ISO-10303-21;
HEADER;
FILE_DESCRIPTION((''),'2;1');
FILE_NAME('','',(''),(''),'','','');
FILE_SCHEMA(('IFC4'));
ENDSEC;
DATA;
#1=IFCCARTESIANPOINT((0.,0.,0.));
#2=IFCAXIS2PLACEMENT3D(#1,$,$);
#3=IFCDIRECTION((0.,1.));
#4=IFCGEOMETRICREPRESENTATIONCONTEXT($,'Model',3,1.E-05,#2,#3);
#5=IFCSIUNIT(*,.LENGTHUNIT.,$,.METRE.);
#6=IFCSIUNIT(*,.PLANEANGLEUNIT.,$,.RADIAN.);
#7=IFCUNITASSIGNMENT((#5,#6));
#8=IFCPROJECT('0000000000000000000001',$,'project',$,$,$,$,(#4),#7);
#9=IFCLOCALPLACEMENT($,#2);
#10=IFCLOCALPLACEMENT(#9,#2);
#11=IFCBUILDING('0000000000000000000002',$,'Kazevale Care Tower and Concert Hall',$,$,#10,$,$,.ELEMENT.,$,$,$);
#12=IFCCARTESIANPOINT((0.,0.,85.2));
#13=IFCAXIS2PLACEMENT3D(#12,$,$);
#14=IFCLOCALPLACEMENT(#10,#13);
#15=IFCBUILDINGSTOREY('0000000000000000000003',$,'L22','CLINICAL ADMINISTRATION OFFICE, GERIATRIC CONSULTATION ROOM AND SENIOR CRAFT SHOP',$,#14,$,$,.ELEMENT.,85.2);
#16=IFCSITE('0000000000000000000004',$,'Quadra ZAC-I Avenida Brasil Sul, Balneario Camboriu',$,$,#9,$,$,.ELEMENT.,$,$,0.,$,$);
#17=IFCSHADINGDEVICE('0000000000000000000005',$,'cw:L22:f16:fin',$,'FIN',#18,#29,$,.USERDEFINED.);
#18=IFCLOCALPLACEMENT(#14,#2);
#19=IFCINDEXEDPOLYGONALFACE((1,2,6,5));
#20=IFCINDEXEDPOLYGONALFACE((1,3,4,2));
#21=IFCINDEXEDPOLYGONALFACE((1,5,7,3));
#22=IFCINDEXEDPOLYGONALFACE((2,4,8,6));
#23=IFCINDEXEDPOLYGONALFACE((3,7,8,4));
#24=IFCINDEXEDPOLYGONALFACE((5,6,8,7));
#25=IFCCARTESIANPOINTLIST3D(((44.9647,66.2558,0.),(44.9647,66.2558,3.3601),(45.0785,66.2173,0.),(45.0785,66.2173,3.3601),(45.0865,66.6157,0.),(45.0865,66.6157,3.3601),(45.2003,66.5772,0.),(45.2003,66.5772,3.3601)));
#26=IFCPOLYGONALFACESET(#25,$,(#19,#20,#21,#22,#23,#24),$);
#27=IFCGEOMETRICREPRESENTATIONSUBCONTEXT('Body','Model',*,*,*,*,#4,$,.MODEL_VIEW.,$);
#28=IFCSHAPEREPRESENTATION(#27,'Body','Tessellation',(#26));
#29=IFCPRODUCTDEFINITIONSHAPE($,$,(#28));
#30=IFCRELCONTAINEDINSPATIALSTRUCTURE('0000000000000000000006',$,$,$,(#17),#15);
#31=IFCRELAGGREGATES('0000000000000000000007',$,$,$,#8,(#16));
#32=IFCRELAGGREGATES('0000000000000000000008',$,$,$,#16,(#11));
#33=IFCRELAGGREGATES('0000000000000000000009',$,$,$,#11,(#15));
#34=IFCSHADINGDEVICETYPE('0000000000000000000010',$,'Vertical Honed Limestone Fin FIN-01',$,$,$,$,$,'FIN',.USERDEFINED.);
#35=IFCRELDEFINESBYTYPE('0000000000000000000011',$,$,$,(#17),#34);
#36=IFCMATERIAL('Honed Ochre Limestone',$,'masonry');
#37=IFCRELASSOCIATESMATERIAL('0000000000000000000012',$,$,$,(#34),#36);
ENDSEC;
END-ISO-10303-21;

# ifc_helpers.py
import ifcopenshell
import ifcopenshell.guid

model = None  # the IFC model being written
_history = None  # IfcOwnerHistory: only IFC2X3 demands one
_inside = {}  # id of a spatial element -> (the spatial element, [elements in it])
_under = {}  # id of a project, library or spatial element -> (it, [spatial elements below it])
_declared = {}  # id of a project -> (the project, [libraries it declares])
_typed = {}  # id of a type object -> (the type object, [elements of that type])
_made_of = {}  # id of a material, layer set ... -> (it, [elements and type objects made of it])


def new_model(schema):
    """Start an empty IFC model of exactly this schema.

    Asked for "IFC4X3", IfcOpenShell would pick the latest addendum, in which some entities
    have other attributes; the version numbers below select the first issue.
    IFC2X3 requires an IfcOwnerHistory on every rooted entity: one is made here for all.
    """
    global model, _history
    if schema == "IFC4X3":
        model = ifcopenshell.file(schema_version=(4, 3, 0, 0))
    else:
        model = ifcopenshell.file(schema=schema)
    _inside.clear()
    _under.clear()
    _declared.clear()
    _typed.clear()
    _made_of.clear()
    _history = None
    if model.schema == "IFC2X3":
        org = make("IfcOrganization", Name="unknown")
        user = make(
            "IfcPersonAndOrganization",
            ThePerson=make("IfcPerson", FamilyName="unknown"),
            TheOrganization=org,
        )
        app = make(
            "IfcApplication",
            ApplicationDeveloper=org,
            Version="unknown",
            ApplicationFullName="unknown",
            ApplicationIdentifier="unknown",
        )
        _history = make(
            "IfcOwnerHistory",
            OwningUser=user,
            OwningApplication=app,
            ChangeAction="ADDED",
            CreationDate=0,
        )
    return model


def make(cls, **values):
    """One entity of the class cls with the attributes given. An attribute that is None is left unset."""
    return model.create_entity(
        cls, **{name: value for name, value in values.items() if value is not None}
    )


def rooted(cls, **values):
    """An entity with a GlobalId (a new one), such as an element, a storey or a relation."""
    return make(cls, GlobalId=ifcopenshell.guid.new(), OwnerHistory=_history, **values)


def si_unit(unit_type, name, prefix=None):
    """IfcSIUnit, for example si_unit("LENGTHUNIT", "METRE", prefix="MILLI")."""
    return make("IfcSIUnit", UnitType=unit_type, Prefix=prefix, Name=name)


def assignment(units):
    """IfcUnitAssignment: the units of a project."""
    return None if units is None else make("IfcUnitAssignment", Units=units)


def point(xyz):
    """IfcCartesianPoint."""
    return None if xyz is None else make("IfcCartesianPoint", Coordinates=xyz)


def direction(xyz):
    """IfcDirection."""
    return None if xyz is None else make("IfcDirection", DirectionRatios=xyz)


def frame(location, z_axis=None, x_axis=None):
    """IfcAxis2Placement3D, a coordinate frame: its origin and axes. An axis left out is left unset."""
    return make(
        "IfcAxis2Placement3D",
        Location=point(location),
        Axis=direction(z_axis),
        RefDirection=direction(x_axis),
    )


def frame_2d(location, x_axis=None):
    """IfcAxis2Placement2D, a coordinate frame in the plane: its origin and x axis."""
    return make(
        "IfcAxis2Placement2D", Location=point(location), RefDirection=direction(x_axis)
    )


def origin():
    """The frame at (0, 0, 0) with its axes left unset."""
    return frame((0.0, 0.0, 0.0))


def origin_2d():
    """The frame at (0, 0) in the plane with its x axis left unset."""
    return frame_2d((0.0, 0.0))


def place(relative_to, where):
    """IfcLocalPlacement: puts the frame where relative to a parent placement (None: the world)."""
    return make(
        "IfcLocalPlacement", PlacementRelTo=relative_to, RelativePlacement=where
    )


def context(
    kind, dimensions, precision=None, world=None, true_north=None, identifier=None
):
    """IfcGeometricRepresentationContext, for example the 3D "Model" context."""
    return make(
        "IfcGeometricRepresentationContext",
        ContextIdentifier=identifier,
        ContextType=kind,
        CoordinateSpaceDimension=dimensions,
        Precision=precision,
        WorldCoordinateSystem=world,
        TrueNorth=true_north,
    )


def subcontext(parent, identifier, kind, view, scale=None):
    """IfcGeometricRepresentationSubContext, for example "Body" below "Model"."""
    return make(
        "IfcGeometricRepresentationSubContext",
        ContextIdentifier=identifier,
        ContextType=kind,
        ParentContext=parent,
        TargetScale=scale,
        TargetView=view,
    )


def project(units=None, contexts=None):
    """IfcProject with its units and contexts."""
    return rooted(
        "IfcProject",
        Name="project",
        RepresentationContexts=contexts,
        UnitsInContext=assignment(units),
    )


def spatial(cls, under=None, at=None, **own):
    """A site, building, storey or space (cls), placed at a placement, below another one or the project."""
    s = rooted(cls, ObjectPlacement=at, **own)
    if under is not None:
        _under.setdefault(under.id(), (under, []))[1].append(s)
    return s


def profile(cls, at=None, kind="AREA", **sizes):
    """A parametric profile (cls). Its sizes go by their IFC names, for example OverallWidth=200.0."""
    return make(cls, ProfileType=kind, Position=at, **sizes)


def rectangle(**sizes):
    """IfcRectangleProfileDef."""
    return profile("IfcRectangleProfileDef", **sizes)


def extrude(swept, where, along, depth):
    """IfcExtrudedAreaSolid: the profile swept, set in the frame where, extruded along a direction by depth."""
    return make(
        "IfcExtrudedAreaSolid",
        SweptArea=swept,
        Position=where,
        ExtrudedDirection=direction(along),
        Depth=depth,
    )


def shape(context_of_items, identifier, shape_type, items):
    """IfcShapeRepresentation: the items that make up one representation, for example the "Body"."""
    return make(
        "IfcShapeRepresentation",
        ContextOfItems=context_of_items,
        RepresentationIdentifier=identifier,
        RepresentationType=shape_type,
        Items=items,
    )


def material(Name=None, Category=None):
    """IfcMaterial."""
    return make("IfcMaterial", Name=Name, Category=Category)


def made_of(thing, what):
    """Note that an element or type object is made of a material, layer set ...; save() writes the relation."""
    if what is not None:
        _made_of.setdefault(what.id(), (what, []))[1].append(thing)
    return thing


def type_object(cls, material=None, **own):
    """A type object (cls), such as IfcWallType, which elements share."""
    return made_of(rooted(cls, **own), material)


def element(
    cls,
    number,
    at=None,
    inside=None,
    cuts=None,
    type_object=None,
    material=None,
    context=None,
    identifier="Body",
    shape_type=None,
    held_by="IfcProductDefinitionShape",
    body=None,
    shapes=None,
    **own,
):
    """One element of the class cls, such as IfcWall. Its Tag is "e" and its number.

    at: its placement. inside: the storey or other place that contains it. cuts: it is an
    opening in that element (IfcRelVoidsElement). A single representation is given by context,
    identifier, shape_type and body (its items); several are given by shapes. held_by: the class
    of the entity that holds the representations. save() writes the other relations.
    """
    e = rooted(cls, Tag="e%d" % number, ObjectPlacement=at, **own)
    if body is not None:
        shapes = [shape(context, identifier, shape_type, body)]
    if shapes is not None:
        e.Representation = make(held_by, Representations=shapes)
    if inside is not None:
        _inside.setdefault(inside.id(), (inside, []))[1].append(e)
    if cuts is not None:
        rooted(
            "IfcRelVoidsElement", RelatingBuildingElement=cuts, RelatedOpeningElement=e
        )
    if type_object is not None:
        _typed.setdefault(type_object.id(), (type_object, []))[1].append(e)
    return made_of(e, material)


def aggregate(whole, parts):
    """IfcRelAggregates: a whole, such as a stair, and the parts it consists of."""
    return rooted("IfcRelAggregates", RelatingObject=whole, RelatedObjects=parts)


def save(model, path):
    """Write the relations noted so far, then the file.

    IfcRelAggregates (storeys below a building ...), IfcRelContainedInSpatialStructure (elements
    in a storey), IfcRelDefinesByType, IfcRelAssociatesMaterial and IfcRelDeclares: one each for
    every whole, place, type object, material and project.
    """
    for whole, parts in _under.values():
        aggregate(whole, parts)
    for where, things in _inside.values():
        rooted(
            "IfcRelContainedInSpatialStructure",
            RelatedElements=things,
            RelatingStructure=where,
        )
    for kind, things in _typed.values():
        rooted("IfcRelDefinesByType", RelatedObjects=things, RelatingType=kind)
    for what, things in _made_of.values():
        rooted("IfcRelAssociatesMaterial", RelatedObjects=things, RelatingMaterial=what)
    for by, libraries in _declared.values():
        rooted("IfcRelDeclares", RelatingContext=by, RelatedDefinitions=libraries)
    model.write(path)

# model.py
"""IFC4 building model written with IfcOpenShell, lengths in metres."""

from ifc_helpers import new_model, si_unit, direction, frame, origin, origin_2d, place, context, subcontext, project, spatial, rectangle, extrude, material, type_object, element, save


model = new_model("IFC4")

# Units and contexts
model_context = context("Model", 3, precision=1e-05, world=origin(), true_north=direction((0.0, 1.0)))
body_context = subcontext(model_context, "Body", "Model", "MODEL_VIEW")
ifc_project = project(units=[si_unit("LENGTHUNIT", "METRE"), si_unit("PLANEANGLEUNIT", "RADIAN")], contexts=[model_context])

# Site, building, storey
site_placement = place(None, origin())
site = spatial("IfcSite", under=ifc_project, at=site_placement, Name="Quadra ZAC-I Avenida Brasil Sul, Balneario Camboriu", CompositionType="ELEMENT", RefElevation=0.0)
building_placement = place(site_placement, origin())
building = spatial("IfcBuilding", under=site, at=building_placement, Name="Kazevale Care Tower and Concert Hall", CompositionType="ELEMENT")
storey_placement = place(building_placement, frame((0.0, 0.0, 85.2)))
storey = spatial("IfcBuildingStorey", under=building, at=storey_placement, Name="L22", Description="CLINICAL ADMINISTRATION OFFICE, GERIATRIC CONSULTATION ROOM AND SENIOR CRAFT SHOP", CompositionType="ELEMENT", Elevation=85.2)

# Shading device
ifc_material_1 = material(Name="Honed Ochre Limestone", Category="masonry")
shading_device_type = type_object("IfcShadingDeviceType", Name="Vertical Honed Limestone Fin FIN-01", ElementType="FIN", PredefinedType="USERDEFINED", material=ifc_material_1)
shading_device_placement = place(storey_placement, frame((45.0825, 66.4165, 0.0), z_axis=(0.0, 0.0, 1.0), x_axis=(0.320613, 0.94721, 0.0)))
element("IfcShadingDevice", 1, at=shading_device_placement, inside=storey, type_object=shading_device_type, Name="cw:L22:f16:fin", ObjectType="FIN", PredefinedType="USERDEFINED", context=body_context, shape_type="SweptSolid", body=[
    extrude(rectangle(XDim=0.3799, YDim=0.1201, at=origin_2d()), origin(), (0.0, 0.0, 1.0), 3.3601),
])

save(model, "model.ifc")
